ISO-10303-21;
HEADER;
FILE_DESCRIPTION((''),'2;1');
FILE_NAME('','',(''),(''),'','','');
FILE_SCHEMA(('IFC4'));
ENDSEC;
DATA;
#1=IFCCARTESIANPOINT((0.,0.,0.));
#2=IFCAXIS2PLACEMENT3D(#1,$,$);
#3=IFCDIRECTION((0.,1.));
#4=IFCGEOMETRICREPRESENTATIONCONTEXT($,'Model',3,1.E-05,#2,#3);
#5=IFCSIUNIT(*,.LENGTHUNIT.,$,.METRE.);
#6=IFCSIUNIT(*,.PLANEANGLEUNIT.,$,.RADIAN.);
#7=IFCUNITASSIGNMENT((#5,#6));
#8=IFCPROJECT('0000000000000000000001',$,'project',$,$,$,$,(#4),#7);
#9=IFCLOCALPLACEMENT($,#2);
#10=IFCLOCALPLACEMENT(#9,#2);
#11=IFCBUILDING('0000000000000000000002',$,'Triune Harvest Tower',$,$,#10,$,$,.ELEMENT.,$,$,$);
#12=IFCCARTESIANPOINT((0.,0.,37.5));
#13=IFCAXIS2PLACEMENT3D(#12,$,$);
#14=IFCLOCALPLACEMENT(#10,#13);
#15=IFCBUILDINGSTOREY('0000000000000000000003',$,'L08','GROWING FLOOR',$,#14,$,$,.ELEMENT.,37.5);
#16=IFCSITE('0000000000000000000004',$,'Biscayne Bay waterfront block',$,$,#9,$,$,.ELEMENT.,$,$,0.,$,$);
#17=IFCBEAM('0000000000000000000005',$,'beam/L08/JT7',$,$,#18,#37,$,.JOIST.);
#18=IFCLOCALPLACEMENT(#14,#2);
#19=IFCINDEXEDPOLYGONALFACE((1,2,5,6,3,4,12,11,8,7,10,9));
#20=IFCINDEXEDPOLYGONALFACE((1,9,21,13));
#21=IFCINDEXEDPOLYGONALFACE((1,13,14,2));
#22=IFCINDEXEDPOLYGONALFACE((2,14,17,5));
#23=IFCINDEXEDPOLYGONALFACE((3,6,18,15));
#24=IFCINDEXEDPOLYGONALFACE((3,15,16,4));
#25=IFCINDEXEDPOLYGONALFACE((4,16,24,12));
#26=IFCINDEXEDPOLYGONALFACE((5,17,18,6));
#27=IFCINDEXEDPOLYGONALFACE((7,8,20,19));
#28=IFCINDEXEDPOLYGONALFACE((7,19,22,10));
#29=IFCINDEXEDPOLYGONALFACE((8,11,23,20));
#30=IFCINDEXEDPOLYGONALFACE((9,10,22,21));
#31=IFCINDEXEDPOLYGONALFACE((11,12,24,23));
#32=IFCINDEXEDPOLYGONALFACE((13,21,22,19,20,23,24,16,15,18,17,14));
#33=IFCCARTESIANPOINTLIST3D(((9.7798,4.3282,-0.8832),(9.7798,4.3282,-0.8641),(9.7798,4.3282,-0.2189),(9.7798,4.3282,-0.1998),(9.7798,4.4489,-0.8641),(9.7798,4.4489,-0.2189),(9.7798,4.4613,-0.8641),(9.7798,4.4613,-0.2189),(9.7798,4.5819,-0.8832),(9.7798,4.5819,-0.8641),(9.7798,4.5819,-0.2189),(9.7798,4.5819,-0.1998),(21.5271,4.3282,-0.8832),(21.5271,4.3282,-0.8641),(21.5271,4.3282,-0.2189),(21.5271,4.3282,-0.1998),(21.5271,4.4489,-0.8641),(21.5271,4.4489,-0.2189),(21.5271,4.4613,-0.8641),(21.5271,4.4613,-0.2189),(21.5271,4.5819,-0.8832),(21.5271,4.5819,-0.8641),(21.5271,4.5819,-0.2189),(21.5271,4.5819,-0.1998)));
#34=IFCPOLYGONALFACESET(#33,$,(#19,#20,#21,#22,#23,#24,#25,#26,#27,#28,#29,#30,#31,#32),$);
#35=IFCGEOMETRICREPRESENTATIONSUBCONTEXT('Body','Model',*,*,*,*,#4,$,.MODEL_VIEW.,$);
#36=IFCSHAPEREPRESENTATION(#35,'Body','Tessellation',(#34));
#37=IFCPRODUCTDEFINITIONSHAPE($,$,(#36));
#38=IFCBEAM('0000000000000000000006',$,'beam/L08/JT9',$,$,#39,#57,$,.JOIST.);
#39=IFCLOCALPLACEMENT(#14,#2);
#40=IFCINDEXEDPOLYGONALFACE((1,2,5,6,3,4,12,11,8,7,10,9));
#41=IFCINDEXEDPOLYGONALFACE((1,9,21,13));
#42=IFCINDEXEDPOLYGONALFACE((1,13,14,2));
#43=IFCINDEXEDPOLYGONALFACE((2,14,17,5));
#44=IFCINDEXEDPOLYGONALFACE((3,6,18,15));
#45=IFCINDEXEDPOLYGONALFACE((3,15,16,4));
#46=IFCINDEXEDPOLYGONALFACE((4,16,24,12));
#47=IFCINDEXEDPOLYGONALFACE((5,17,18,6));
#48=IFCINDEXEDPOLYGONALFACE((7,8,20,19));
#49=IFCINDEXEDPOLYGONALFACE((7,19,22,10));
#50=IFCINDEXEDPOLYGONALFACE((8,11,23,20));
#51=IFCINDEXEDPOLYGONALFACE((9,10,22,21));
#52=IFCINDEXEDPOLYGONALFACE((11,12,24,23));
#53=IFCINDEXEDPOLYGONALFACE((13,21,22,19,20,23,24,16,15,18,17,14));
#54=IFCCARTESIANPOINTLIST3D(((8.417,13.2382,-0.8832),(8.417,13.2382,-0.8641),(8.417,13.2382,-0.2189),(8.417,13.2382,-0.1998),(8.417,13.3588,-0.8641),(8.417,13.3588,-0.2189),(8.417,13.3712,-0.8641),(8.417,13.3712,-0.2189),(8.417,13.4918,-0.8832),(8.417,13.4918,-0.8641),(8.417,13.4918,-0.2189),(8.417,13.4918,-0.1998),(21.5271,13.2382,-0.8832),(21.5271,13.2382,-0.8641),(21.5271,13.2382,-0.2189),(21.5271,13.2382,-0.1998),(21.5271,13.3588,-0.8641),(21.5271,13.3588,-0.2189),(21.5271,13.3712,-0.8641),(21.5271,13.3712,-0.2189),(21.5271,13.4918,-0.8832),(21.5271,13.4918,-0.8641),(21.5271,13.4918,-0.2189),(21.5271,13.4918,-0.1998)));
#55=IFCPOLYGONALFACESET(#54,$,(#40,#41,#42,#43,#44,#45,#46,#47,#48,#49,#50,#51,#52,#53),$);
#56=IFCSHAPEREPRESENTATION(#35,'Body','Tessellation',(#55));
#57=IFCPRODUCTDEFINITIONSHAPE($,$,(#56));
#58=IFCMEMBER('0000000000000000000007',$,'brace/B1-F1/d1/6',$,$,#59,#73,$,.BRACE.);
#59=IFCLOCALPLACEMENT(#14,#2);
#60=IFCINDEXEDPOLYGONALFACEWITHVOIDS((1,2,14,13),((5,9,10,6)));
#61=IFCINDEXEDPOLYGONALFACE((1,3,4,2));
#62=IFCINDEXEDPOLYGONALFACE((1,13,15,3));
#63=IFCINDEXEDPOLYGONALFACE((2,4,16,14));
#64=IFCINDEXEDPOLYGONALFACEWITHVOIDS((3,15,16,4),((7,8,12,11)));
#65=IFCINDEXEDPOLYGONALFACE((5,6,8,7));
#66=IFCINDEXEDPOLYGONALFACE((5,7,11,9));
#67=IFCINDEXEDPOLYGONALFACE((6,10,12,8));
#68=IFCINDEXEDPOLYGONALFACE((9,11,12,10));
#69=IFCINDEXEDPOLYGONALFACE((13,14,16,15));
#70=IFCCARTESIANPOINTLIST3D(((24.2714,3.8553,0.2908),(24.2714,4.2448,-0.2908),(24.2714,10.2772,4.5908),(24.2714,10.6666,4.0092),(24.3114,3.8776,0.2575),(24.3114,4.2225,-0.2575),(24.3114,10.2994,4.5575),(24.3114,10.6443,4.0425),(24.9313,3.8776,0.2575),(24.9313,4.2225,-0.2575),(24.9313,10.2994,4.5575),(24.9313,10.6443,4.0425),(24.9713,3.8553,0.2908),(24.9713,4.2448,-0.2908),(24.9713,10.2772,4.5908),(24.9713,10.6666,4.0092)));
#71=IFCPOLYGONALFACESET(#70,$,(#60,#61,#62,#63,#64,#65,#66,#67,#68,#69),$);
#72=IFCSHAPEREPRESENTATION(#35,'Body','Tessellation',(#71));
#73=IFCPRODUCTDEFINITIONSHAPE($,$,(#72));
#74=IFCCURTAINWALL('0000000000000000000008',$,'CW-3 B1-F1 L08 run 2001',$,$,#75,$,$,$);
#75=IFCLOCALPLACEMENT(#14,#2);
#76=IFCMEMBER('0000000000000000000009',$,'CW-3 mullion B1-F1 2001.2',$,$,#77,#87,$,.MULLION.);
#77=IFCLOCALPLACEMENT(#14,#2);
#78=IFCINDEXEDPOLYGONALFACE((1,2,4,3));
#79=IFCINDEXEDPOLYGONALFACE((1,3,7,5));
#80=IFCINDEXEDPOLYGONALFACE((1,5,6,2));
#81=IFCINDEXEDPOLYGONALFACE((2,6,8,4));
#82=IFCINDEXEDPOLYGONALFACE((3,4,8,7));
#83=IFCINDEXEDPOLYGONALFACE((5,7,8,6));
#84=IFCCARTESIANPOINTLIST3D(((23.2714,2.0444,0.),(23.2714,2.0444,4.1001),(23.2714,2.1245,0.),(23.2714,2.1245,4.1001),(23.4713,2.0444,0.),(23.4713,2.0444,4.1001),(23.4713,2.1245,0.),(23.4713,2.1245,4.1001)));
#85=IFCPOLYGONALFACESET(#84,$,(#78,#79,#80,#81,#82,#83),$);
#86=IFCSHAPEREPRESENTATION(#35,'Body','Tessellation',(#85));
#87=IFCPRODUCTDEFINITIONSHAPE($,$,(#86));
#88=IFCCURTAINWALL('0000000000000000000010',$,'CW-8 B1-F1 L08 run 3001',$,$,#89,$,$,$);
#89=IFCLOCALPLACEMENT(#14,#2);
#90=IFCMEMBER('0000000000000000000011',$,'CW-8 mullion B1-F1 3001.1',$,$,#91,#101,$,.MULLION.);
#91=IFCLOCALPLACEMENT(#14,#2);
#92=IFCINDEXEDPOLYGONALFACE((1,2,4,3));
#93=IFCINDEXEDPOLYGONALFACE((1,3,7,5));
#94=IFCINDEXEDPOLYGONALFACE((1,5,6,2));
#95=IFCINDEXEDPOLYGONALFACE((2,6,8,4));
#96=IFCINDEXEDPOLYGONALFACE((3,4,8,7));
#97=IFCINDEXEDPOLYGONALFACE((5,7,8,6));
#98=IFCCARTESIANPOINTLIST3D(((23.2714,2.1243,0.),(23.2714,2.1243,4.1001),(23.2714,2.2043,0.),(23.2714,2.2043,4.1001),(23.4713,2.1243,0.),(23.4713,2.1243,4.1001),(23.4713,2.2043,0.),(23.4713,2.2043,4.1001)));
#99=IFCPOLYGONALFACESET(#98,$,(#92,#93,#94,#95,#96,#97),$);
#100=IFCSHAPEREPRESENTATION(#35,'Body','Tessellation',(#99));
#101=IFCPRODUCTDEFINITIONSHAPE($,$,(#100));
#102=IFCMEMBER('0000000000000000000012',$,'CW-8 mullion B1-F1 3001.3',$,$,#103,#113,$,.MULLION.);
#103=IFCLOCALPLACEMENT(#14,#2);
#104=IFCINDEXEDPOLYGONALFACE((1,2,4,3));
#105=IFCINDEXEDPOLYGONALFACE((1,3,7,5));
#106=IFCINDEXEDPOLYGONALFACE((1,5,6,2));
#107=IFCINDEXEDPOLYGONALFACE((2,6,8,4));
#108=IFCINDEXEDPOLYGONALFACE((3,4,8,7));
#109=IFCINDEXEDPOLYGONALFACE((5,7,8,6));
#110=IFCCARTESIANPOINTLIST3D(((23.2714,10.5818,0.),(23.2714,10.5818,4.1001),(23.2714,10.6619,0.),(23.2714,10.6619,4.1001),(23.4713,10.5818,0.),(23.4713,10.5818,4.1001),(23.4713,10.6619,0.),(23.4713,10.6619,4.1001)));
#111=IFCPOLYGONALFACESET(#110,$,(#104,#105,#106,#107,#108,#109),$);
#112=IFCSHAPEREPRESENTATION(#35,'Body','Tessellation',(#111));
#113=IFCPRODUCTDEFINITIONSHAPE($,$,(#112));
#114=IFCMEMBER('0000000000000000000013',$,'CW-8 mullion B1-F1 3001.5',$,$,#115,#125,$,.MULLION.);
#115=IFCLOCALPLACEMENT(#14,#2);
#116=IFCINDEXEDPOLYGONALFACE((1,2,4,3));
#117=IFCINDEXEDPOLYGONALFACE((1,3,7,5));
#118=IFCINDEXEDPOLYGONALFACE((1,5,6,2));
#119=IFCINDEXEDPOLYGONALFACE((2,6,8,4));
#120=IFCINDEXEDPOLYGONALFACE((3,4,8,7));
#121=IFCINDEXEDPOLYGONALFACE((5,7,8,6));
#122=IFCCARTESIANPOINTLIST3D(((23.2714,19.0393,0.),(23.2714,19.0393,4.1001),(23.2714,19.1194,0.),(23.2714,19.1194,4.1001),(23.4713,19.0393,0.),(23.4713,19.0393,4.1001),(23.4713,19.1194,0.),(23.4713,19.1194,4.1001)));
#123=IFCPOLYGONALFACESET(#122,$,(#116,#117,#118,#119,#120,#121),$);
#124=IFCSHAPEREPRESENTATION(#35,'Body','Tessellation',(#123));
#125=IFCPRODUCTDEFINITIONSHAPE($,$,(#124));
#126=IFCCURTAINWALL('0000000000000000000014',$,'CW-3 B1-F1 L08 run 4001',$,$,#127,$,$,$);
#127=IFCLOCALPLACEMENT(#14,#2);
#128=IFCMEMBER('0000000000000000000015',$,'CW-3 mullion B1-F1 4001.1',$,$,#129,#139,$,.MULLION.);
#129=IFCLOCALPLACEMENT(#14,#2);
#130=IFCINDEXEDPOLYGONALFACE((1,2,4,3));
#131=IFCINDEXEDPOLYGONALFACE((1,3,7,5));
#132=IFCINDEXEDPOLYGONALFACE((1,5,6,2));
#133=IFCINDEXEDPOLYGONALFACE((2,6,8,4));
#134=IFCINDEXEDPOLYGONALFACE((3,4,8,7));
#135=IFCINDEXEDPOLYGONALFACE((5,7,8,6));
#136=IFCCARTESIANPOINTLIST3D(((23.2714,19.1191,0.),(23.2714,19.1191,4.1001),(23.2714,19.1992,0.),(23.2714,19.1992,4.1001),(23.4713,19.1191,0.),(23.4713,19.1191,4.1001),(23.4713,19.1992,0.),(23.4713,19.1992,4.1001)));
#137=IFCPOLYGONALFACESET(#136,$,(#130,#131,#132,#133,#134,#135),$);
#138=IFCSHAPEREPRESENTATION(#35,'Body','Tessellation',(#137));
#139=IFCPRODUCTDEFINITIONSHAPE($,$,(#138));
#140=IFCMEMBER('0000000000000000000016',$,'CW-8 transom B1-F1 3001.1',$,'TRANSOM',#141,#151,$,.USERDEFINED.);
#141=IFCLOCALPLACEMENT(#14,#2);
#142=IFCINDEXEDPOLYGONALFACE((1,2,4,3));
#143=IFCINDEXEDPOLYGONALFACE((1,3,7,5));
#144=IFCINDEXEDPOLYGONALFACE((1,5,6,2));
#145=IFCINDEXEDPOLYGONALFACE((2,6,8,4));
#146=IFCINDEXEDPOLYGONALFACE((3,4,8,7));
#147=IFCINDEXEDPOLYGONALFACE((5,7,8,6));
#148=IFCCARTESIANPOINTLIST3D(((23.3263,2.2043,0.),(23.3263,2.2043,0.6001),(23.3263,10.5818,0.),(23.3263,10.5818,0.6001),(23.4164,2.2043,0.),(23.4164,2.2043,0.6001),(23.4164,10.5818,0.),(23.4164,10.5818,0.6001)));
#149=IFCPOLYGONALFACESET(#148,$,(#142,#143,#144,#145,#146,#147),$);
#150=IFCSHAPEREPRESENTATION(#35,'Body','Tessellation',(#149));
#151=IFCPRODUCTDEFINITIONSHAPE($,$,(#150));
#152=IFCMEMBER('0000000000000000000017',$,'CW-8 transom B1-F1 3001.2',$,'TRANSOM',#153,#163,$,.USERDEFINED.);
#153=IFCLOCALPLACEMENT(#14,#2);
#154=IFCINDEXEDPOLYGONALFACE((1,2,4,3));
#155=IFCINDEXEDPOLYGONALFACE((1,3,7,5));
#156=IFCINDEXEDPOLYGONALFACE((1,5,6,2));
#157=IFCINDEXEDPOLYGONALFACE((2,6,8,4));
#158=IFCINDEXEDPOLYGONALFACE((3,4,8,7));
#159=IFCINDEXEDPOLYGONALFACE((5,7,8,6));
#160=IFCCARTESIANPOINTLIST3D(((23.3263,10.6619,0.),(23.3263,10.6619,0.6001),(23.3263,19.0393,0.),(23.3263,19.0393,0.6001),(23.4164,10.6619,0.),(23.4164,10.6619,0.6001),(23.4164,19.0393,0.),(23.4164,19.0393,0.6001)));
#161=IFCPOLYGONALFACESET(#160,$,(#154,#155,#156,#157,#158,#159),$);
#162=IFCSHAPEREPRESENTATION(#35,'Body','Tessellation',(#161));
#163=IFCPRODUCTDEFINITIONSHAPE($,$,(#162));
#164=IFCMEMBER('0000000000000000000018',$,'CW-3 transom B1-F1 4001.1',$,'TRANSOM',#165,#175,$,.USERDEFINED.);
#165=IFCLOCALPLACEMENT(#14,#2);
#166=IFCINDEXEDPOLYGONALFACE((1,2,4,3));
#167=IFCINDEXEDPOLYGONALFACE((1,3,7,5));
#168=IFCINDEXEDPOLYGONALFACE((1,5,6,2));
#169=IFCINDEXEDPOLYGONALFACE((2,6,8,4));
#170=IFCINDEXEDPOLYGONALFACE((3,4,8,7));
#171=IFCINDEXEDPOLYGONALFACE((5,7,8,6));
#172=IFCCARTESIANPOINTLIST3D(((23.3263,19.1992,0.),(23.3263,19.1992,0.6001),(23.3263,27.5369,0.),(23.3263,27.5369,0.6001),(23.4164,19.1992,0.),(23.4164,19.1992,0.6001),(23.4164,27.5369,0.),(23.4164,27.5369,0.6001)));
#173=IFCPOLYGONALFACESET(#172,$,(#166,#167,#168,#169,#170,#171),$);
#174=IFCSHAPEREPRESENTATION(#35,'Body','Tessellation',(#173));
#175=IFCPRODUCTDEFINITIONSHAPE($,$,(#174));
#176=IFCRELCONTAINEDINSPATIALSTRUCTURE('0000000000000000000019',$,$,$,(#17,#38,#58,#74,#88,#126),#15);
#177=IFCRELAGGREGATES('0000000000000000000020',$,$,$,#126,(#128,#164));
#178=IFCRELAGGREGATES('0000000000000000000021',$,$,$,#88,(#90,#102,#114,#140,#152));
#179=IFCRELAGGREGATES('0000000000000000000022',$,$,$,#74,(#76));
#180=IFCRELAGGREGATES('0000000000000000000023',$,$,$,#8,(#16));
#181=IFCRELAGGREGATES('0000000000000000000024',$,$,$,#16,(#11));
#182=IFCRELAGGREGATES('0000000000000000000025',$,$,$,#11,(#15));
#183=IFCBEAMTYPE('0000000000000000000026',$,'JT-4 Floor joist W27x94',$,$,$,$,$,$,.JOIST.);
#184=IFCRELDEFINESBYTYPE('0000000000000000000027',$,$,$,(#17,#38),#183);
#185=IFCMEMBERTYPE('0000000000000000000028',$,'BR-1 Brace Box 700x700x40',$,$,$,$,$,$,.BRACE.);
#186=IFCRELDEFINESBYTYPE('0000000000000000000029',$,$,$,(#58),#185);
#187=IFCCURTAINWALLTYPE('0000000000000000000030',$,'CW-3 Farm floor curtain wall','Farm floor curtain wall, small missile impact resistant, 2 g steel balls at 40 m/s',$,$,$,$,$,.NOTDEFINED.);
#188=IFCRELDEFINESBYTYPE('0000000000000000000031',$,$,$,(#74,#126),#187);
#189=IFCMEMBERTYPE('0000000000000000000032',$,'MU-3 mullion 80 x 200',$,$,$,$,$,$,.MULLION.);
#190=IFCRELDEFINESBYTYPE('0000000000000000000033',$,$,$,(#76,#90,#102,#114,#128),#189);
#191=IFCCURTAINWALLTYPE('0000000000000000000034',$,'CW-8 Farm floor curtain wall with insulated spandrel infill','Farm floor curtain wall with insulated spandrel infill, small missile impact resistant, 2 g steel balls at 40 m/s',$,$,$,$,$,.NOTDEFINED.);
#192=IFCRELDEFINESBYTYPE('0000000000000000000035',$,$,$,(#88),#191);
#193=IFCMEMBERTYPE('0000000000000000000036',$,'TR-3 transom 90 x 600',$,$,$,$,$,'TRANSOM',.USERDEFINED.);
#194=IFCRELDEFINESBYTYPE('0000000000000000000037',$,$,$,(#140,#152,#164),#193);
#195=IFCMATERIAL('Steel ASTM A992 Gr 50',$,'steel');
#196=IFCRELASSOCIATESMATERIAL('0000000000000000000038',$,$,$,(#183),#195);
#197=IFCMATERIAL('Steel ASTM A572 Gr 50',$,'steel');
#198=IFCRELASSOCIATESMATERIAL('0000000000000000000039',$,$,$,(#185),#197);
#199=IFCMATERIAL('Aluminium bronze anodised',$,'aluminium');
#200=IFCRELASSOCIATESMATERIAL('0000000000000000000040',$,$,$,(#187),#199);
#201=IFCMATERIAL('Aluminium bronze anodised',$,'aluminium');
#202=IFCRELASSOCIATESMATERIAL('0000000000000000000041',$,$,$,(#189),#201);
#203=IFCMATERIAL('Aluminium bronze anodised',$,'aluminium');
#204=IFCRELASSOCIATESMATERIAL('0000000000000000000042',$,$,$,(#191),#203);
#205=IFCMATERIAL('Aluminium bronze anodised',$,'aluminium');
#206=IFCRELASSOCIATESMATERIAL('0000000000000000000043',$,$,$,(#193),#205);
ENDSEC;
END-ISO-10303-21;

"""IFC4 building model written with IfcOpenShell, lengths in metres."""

from ifc_helpers import new_model, si_unit, direction, frame, origin, origin_2d, place, context, subcontext, project, spatial, rectangle, hollow_rectangle, i_section, extrude, source, transform, mapped, material, material_profile, profile_set, type_object, element, aggregate, save


model = new_model("IFC4")

# Units and contexts
model_context = context("Model", 3, precision=1e-05, world=origin(), true_north=direction((0.0, 1.0)))
body_context = subcontext(model_context, "Body", "Model", "MODEL_VIEW")
ifc_project = project(units=[si_unit("LENGTHUNIT", "METRE"), si_unit("PLANEANGLEUNIT", "RADIAN")], contexts=[model_context])

# Site, building, storey
site_placement = place(None, origin())
site = spatial("IfcSite", under=ifc_project, at=site_placement, Name="Biscayne Bay waterfront block", CompositionType="ELEMENT", RefElevation=0.0)
building_placement = place(site_placement, origin())
building = spatial("IfcBuilding", under=site, at=building_placement, Name="Triune Harvest Tower", CompositionType="ELEMENT")
storey_placement = place(building_placement, frame((0.0, 0.0, 37.5)))
storey = spatial("IfcBuildingStorey", under=building, at=storey_placement, Name="L08", Description="GROWING FLOOR", CompositionType="ELEMENT", Elevation=37.5)

# Beams
ifc_material_1 = material(Name="Steel ASTM A992 Gr 50", Category="steel")
ifc_material_profile_1 = material_profile(ifc_material_1, i_section(OverallWidth=0.2537, OverallDepth=0.6833, WebThickness=0.0125, FlangeThickness=0.019, at=origin_2d()), Name="W27x94")
ifc_profile_set_1 = profile_set([ifc_material_profile_1], Name="Steel ASTM A992 Gr 50")
beam_type_1 = type_object("IfcBeamType", Name="JT-4 Floor joist W27x94", PredefinedType="JOIST", material=ifc_profile_set_1)
shared_shape_1 = source(origin(), body_context, "Body", "SweptSolid", [
    extrude(i_section(OverallWidth=0.2537, OverallDepth=0.6833, WebThickness=0.0125, FlangeThickness=0.019, at=origin_2d()), origin(), (0.0, 0.0, 1.0), 11.7473),
])
beam_1_placement = place(storey_placement, frame((21.5271, 4.4551, -0.5415), z_axis=(-1.0, 0.0, 0.0), x_axis=(0.0, -1.0, 0.0)))
element("IfcBeam", 1, at=beam_1_placement, inside=storey, type_object=beam_type_1, Name="beam/L08/JT7", PredefinedType="JOIST", context=body_context, shape_type="MappedRepresentation", body=[
    mapped(shared_shape_1, transform((0.0, 0.0, 0.0), scale=1.0)),
])
shared_shape_2 = source(origin(), body_context, "Body", "SweptSolid", [
    extrude(i_section(OverallWidth=0.2537, OverallDepth=0.6833, WebThickness=0.0125, FlangeThickness=0.019, at=origin_2d()), origin(), (0.0, 0.0, 1.0), 13.1101),
])
beam_2_placement = place(storey_placement, frame((21.5271, 13.365, -0.5415), z_axis=(-1.0, 0.0, 0.0), x_axis=(0.0, -1.0, 0.0)))
element("IfcBeam", 2, at=beam_2_placement, inside=storey, type_object=beam_type_1, Name="beam/L08/JT9", PredefinedType="JOIST", context=body_context, shape_type="MappedRepresentation", body=[
    mapped(shared_shape_2, transform((0.0, 0.0, 0.0), scale=1.0)),
])

# Member
ifc_material_2 = material(Name="Steel ASTM A572 Gr 50", Category="steel")
ifc_material_profile_2 = material_profile(ifc_material_2, hollow_rectangle(XDim=0.7, YDim=0.7, WallThickness=0.04, at=origin_2d()), Name="Box 700x700x40")
ifc_profile_set_2 = profile_set([ifc_material_profile_2], Name="Steel ASTM A572 Gr 50")
member_type_1 = type_object("IfcMemberType", Name="BR-1 Brace Box 700x700x40", PredefinedType="BRACE", material=ifc_profile_set_2)
shared_shape_3 = source(origin(), body_context, "Body", "SweptSolid", [
    extrude(hollow_rectangle(XDim=0.7, YDim=0.7, WallThickness=0.04, at=origin_2d()), origin(), (0.0, 0.0, 1.0), 7.7285),
])
member_1_placement = place(storey_placement, frame((24.6213, 4.05, 0.0), z_axis=(0.0, 0.830926, 0.556383), x_axis=(-1.0, 0.0, 0.0)))
element("IfcMember", 3, at=member_1_placement, inside=storey, type_object=member_type_1, Name="brace/B1-F1/d1/6", PredefinedType="BRACE", context=body_context, shape_type="MappedRepresentation", body=[
    mapped(shared_shape_3, transform((0.0, 0.0, 0.0), scale=1.0)),
])

# Curtain wall, member
ifc_material_3 = material(Name="Aluminium bronze anodised", Category="aluminium")
curtain_wall_type_1 = type_object("IfcCurtainWallType", Name="CW-3 Farm floor curtain wall", Description="Farm floor curtain wall, small missile impact resistant, 2 g steel balls at 40 m/s", PredefinedType="NOTDEFINED", material=ifc_material_3)
curtain_wall_1_placement = place(storey_placement, origin())
curtain_wall_1 = element("IfcCurtainWall", 4, at=curtain_wall_1_placement, inside=storey, type_object=curtain_wall_type_1, Name="CW-3 B1-F1 L08 run 2001")
ifc_material_4 = material(Name="Aluminium bronze anodised", Category="aluminium")
ifc_material_profile_3 = material_profile(ifc_material_4, rectangle(XDim=0.2, YDim=0.0801, at=origin_2d()), Name="MU-3 mullion 80 x 200")
ifc_profile_set_3 = profile_set([ifc_material_profile_3], Name="Aluminium bronze anodised")
member_type_2 = type_object("IfcMemberType", Name="MU-3 mullion 80 x 200", PredefinedType="MULLION", material=ifc_profile_set_3)
shared_shape_4 = source(origin(), body_context, "Body", "SweptSolid", [
    extrude(rectangle(XDim=0.2, YDim=0.0801, at=origin_2d()), origin(), (0.0, 0.0, 1.0), 4.1001),
])
member_2_placement = place(storey_placement, frame((23.3713, 2.0845, 0.0), z_axis=(0.0, 0.0, 1.0), x_axis=(-1.0, 0.0, 0.0)))
member_2 = element("IfcMember", 5, at=member_2_placement, type_object=member_type_2, Name="CW-3 mullion B1-F1 2001.2", PredefinedType="MULLION", context=body_context, shape_type="MappedRepresentation", body=[
    mapped(shared_shape_4, transform((0.0, 0.0, 0.0), scale=1.0)),
])

# Curtain wall, members
ifc_material_5 = material(Name="Aluminium bronze anodised", Category="aluminium")
curtain_wall_type_2 = type_object("IfcCurtainWallType", Name="CW-8 Farm floor curtain wall with insulated spandrel infill", Description="Farm floor curtain wall with insulated spandrel infill, small missile impact resistant, 2 g steel balls at 40 m/s", PredefinedType="NOTDEFINED", material=ifc_material_5)
curtain_wall_2_placement = place(storey_placement, origin())
curtain_wall_2 = element("IfcCurtainWall", 6, at=curtain_wall_2_placement, inside=storey, type_object=curtain_wall_type_2, Name="CW-8 B1-F1 L08 run 3001")
member_3_placement = place(storey_placement, frame((23.3713, 2.1643, 0.0), z_axis=(0.0, 0.0, 1.0), x_axis=(-1.0, 0.0, 0.0)))
member_3 = element("IfcMember", 7, at=member_3_placement, type_object=member_type_2, Name="CW-8 mullion B1-F1 3001.1", PredefinedType="MULLION", context=body_context, shape_type="MappedRepresentation", body=[
    mapped(shared_shape_4, transform((0.0, 0.0, 0.0), scale=1.0)),
])
member_4_placement = place(storey_placement, frame((23.3713, 10.6218, 0.0), z_axis=(0.0, 0.0, 1.0), x_axis=(-1.0, 0.0, 0.0)))
member_4 = element("IfcMember", 8, at=member_4_placement, type_object=member_type_2, Name="CW-8 mullion B1-F1 3001.3", PredefinedType="MULLION", context=body_context, shape_type="MappedRepresentation", body=[
    mapped(shared_shape_4, transform((0.0, 0.0, 0.0), scale=1.0)),
])
member_5_placement = place(storey_placement, frame((23.3713, 19.0793, 0.0), z_axis=(0.0, 0.0, 1.0), x_axis=(-1.0, 0.0, 0.0)))
member_5 = element("IfcMember", 9, at=member_5_placement, type_object=member_type_2, Name="CW-8 mullion B1-F1 3001.5", PredefinedType="MULLION", context=body_context, shape_type="MappedRepresentation", body=[
    mapped(shared_shape_4, transform((0.0, 0.0, 0.0), scale=1.0)),
])

# Curtain wall, member
curtain_wall_3_placement = place(storey_placement, origin())
curtain_wall_3 = element("IfcCurtainWall", 10, at=curtain_wall_3_placement, inside=storey, type_object=curtain_wall_type_1, Name="CW-3 B1-F1 L08 run 4001")
member_6_placement = place(storey_placement, frame((23.3713, 19.1592, 0.0), z_axis=(0.0, 0.0, 1.0), x_axis=(-1.0, 0.0, 0.0)))
member_6 = element("IfcMember", 11, at=member_6_placement, type_object=member_type_2, Name="CW-3 mullion B1-F1 4001.1", PredefinedType="MULLION", context=body_context, shape_type="MappedRepresentation", body=[
    mapped(shared_shape_4, transform((0.0, 0.0, 0.0), scale=1.0)),
])

# Members
ifc_material_6 = material(Name="Aluminium bronze anodised", Category="aluminium")
ifc_material_profile_4 = material_profile(ifc_material_6, rectangle(XDim=0.0901, YDim=0.6001, at=origin_2d()), Name="TR-3 transom 90 x 600")
ifc_profile_set_4 = profile_set([ifc_material_profile_4], Name="Aluminium bronze anodised")
member_type_3 = type_object("IfcMemberType", Name="TR-3 transom 90 x 600", ElementType="TRANSOM", PredefinedType="USERDEFINED", material=ifc_profile_set_4)
shared_shape_5 = source(origin(), body_context, "Body", "SweptSolid", [
    extrude(rectangle(XDim=0.0901, YDim=0.6001, at=origin_2d()), origin(), (0.0, 0.0, 1.0), 8.3774),
])
member_7_placement = place(storey_placement, frame((23.3713, 2.2043, 0.3), z_axis=(0.0, 1.0, 0.0), x_axis=(-1.0, 0.0, 0.0)))
member_7 = element("IfcMember", 12, at=member_7_placement, type_object=member_type_3, Name="CW-8 transom B1-F1 3001.1", ObjectType="TRANSOM", PredefinedType="USERDEFINED", context=body_context, shape_type="MappedRepresentation", body=[
    mapped(shared_shape_5, transform((0.0, 0.0, 0.0), scale=1.0)),
])
member_8_placement = place(storey_placement, frame((23.3713, 10.6619, 0.3), z_axis=(0.0, 1.0, 0.0), x_axis=(-1.0, 0.0, 0.0)))
member_8 = element("IfcMember", 13, at=member_8_placement, type_object=member_type_3, Name="CW-8 transom B1-F1 3001.2", ObjectType="TRANSOM", PredefinedType="USERDEFINED", context=body_context, shape_type="MappedRepresentation", body=[
    mapped(shared_shape_5, transform((0.0, 0.0, 0.0), scale=1.0)),
])
shared_shape_6 = source(origin(), body_context, "Body", "SweptSolid", [
    extrude(rectangle(XDim=0.0901, YDim=0.6001, at=origin_2d()), origin(), (0.0, 0.0, 1.0), 8.3376),
])
member_9_placement = place(storey_placement, frame((23.3713, 19.1992, 0.3), z_axis=(0.0, 1.0, 0.0), x_axis=(-1.0, 0.0, 0.0)))
member_9 = element("IfcMember", 14, at=member_9_placement, type_object=member_type_3, Name="CW-3 transom B1-F1 4001.1", ObjectType="TRANSOM", PredefinedType="USERDEFINED", context=body_context, shape_type="MappedRepresentation", body=[
    mapped(shared_shape_6, transform((0.0, 0.0, 0.0), scale=1.0)),
])
aggregate(curtain_wall_3, [member_6, member_9])

aggregate(curtain_wall_2, [member_3, member_4, member_5, member_7, member_8])
aggregate(curtain_wall_1, [member_2])

save(model, "model.ifc")
